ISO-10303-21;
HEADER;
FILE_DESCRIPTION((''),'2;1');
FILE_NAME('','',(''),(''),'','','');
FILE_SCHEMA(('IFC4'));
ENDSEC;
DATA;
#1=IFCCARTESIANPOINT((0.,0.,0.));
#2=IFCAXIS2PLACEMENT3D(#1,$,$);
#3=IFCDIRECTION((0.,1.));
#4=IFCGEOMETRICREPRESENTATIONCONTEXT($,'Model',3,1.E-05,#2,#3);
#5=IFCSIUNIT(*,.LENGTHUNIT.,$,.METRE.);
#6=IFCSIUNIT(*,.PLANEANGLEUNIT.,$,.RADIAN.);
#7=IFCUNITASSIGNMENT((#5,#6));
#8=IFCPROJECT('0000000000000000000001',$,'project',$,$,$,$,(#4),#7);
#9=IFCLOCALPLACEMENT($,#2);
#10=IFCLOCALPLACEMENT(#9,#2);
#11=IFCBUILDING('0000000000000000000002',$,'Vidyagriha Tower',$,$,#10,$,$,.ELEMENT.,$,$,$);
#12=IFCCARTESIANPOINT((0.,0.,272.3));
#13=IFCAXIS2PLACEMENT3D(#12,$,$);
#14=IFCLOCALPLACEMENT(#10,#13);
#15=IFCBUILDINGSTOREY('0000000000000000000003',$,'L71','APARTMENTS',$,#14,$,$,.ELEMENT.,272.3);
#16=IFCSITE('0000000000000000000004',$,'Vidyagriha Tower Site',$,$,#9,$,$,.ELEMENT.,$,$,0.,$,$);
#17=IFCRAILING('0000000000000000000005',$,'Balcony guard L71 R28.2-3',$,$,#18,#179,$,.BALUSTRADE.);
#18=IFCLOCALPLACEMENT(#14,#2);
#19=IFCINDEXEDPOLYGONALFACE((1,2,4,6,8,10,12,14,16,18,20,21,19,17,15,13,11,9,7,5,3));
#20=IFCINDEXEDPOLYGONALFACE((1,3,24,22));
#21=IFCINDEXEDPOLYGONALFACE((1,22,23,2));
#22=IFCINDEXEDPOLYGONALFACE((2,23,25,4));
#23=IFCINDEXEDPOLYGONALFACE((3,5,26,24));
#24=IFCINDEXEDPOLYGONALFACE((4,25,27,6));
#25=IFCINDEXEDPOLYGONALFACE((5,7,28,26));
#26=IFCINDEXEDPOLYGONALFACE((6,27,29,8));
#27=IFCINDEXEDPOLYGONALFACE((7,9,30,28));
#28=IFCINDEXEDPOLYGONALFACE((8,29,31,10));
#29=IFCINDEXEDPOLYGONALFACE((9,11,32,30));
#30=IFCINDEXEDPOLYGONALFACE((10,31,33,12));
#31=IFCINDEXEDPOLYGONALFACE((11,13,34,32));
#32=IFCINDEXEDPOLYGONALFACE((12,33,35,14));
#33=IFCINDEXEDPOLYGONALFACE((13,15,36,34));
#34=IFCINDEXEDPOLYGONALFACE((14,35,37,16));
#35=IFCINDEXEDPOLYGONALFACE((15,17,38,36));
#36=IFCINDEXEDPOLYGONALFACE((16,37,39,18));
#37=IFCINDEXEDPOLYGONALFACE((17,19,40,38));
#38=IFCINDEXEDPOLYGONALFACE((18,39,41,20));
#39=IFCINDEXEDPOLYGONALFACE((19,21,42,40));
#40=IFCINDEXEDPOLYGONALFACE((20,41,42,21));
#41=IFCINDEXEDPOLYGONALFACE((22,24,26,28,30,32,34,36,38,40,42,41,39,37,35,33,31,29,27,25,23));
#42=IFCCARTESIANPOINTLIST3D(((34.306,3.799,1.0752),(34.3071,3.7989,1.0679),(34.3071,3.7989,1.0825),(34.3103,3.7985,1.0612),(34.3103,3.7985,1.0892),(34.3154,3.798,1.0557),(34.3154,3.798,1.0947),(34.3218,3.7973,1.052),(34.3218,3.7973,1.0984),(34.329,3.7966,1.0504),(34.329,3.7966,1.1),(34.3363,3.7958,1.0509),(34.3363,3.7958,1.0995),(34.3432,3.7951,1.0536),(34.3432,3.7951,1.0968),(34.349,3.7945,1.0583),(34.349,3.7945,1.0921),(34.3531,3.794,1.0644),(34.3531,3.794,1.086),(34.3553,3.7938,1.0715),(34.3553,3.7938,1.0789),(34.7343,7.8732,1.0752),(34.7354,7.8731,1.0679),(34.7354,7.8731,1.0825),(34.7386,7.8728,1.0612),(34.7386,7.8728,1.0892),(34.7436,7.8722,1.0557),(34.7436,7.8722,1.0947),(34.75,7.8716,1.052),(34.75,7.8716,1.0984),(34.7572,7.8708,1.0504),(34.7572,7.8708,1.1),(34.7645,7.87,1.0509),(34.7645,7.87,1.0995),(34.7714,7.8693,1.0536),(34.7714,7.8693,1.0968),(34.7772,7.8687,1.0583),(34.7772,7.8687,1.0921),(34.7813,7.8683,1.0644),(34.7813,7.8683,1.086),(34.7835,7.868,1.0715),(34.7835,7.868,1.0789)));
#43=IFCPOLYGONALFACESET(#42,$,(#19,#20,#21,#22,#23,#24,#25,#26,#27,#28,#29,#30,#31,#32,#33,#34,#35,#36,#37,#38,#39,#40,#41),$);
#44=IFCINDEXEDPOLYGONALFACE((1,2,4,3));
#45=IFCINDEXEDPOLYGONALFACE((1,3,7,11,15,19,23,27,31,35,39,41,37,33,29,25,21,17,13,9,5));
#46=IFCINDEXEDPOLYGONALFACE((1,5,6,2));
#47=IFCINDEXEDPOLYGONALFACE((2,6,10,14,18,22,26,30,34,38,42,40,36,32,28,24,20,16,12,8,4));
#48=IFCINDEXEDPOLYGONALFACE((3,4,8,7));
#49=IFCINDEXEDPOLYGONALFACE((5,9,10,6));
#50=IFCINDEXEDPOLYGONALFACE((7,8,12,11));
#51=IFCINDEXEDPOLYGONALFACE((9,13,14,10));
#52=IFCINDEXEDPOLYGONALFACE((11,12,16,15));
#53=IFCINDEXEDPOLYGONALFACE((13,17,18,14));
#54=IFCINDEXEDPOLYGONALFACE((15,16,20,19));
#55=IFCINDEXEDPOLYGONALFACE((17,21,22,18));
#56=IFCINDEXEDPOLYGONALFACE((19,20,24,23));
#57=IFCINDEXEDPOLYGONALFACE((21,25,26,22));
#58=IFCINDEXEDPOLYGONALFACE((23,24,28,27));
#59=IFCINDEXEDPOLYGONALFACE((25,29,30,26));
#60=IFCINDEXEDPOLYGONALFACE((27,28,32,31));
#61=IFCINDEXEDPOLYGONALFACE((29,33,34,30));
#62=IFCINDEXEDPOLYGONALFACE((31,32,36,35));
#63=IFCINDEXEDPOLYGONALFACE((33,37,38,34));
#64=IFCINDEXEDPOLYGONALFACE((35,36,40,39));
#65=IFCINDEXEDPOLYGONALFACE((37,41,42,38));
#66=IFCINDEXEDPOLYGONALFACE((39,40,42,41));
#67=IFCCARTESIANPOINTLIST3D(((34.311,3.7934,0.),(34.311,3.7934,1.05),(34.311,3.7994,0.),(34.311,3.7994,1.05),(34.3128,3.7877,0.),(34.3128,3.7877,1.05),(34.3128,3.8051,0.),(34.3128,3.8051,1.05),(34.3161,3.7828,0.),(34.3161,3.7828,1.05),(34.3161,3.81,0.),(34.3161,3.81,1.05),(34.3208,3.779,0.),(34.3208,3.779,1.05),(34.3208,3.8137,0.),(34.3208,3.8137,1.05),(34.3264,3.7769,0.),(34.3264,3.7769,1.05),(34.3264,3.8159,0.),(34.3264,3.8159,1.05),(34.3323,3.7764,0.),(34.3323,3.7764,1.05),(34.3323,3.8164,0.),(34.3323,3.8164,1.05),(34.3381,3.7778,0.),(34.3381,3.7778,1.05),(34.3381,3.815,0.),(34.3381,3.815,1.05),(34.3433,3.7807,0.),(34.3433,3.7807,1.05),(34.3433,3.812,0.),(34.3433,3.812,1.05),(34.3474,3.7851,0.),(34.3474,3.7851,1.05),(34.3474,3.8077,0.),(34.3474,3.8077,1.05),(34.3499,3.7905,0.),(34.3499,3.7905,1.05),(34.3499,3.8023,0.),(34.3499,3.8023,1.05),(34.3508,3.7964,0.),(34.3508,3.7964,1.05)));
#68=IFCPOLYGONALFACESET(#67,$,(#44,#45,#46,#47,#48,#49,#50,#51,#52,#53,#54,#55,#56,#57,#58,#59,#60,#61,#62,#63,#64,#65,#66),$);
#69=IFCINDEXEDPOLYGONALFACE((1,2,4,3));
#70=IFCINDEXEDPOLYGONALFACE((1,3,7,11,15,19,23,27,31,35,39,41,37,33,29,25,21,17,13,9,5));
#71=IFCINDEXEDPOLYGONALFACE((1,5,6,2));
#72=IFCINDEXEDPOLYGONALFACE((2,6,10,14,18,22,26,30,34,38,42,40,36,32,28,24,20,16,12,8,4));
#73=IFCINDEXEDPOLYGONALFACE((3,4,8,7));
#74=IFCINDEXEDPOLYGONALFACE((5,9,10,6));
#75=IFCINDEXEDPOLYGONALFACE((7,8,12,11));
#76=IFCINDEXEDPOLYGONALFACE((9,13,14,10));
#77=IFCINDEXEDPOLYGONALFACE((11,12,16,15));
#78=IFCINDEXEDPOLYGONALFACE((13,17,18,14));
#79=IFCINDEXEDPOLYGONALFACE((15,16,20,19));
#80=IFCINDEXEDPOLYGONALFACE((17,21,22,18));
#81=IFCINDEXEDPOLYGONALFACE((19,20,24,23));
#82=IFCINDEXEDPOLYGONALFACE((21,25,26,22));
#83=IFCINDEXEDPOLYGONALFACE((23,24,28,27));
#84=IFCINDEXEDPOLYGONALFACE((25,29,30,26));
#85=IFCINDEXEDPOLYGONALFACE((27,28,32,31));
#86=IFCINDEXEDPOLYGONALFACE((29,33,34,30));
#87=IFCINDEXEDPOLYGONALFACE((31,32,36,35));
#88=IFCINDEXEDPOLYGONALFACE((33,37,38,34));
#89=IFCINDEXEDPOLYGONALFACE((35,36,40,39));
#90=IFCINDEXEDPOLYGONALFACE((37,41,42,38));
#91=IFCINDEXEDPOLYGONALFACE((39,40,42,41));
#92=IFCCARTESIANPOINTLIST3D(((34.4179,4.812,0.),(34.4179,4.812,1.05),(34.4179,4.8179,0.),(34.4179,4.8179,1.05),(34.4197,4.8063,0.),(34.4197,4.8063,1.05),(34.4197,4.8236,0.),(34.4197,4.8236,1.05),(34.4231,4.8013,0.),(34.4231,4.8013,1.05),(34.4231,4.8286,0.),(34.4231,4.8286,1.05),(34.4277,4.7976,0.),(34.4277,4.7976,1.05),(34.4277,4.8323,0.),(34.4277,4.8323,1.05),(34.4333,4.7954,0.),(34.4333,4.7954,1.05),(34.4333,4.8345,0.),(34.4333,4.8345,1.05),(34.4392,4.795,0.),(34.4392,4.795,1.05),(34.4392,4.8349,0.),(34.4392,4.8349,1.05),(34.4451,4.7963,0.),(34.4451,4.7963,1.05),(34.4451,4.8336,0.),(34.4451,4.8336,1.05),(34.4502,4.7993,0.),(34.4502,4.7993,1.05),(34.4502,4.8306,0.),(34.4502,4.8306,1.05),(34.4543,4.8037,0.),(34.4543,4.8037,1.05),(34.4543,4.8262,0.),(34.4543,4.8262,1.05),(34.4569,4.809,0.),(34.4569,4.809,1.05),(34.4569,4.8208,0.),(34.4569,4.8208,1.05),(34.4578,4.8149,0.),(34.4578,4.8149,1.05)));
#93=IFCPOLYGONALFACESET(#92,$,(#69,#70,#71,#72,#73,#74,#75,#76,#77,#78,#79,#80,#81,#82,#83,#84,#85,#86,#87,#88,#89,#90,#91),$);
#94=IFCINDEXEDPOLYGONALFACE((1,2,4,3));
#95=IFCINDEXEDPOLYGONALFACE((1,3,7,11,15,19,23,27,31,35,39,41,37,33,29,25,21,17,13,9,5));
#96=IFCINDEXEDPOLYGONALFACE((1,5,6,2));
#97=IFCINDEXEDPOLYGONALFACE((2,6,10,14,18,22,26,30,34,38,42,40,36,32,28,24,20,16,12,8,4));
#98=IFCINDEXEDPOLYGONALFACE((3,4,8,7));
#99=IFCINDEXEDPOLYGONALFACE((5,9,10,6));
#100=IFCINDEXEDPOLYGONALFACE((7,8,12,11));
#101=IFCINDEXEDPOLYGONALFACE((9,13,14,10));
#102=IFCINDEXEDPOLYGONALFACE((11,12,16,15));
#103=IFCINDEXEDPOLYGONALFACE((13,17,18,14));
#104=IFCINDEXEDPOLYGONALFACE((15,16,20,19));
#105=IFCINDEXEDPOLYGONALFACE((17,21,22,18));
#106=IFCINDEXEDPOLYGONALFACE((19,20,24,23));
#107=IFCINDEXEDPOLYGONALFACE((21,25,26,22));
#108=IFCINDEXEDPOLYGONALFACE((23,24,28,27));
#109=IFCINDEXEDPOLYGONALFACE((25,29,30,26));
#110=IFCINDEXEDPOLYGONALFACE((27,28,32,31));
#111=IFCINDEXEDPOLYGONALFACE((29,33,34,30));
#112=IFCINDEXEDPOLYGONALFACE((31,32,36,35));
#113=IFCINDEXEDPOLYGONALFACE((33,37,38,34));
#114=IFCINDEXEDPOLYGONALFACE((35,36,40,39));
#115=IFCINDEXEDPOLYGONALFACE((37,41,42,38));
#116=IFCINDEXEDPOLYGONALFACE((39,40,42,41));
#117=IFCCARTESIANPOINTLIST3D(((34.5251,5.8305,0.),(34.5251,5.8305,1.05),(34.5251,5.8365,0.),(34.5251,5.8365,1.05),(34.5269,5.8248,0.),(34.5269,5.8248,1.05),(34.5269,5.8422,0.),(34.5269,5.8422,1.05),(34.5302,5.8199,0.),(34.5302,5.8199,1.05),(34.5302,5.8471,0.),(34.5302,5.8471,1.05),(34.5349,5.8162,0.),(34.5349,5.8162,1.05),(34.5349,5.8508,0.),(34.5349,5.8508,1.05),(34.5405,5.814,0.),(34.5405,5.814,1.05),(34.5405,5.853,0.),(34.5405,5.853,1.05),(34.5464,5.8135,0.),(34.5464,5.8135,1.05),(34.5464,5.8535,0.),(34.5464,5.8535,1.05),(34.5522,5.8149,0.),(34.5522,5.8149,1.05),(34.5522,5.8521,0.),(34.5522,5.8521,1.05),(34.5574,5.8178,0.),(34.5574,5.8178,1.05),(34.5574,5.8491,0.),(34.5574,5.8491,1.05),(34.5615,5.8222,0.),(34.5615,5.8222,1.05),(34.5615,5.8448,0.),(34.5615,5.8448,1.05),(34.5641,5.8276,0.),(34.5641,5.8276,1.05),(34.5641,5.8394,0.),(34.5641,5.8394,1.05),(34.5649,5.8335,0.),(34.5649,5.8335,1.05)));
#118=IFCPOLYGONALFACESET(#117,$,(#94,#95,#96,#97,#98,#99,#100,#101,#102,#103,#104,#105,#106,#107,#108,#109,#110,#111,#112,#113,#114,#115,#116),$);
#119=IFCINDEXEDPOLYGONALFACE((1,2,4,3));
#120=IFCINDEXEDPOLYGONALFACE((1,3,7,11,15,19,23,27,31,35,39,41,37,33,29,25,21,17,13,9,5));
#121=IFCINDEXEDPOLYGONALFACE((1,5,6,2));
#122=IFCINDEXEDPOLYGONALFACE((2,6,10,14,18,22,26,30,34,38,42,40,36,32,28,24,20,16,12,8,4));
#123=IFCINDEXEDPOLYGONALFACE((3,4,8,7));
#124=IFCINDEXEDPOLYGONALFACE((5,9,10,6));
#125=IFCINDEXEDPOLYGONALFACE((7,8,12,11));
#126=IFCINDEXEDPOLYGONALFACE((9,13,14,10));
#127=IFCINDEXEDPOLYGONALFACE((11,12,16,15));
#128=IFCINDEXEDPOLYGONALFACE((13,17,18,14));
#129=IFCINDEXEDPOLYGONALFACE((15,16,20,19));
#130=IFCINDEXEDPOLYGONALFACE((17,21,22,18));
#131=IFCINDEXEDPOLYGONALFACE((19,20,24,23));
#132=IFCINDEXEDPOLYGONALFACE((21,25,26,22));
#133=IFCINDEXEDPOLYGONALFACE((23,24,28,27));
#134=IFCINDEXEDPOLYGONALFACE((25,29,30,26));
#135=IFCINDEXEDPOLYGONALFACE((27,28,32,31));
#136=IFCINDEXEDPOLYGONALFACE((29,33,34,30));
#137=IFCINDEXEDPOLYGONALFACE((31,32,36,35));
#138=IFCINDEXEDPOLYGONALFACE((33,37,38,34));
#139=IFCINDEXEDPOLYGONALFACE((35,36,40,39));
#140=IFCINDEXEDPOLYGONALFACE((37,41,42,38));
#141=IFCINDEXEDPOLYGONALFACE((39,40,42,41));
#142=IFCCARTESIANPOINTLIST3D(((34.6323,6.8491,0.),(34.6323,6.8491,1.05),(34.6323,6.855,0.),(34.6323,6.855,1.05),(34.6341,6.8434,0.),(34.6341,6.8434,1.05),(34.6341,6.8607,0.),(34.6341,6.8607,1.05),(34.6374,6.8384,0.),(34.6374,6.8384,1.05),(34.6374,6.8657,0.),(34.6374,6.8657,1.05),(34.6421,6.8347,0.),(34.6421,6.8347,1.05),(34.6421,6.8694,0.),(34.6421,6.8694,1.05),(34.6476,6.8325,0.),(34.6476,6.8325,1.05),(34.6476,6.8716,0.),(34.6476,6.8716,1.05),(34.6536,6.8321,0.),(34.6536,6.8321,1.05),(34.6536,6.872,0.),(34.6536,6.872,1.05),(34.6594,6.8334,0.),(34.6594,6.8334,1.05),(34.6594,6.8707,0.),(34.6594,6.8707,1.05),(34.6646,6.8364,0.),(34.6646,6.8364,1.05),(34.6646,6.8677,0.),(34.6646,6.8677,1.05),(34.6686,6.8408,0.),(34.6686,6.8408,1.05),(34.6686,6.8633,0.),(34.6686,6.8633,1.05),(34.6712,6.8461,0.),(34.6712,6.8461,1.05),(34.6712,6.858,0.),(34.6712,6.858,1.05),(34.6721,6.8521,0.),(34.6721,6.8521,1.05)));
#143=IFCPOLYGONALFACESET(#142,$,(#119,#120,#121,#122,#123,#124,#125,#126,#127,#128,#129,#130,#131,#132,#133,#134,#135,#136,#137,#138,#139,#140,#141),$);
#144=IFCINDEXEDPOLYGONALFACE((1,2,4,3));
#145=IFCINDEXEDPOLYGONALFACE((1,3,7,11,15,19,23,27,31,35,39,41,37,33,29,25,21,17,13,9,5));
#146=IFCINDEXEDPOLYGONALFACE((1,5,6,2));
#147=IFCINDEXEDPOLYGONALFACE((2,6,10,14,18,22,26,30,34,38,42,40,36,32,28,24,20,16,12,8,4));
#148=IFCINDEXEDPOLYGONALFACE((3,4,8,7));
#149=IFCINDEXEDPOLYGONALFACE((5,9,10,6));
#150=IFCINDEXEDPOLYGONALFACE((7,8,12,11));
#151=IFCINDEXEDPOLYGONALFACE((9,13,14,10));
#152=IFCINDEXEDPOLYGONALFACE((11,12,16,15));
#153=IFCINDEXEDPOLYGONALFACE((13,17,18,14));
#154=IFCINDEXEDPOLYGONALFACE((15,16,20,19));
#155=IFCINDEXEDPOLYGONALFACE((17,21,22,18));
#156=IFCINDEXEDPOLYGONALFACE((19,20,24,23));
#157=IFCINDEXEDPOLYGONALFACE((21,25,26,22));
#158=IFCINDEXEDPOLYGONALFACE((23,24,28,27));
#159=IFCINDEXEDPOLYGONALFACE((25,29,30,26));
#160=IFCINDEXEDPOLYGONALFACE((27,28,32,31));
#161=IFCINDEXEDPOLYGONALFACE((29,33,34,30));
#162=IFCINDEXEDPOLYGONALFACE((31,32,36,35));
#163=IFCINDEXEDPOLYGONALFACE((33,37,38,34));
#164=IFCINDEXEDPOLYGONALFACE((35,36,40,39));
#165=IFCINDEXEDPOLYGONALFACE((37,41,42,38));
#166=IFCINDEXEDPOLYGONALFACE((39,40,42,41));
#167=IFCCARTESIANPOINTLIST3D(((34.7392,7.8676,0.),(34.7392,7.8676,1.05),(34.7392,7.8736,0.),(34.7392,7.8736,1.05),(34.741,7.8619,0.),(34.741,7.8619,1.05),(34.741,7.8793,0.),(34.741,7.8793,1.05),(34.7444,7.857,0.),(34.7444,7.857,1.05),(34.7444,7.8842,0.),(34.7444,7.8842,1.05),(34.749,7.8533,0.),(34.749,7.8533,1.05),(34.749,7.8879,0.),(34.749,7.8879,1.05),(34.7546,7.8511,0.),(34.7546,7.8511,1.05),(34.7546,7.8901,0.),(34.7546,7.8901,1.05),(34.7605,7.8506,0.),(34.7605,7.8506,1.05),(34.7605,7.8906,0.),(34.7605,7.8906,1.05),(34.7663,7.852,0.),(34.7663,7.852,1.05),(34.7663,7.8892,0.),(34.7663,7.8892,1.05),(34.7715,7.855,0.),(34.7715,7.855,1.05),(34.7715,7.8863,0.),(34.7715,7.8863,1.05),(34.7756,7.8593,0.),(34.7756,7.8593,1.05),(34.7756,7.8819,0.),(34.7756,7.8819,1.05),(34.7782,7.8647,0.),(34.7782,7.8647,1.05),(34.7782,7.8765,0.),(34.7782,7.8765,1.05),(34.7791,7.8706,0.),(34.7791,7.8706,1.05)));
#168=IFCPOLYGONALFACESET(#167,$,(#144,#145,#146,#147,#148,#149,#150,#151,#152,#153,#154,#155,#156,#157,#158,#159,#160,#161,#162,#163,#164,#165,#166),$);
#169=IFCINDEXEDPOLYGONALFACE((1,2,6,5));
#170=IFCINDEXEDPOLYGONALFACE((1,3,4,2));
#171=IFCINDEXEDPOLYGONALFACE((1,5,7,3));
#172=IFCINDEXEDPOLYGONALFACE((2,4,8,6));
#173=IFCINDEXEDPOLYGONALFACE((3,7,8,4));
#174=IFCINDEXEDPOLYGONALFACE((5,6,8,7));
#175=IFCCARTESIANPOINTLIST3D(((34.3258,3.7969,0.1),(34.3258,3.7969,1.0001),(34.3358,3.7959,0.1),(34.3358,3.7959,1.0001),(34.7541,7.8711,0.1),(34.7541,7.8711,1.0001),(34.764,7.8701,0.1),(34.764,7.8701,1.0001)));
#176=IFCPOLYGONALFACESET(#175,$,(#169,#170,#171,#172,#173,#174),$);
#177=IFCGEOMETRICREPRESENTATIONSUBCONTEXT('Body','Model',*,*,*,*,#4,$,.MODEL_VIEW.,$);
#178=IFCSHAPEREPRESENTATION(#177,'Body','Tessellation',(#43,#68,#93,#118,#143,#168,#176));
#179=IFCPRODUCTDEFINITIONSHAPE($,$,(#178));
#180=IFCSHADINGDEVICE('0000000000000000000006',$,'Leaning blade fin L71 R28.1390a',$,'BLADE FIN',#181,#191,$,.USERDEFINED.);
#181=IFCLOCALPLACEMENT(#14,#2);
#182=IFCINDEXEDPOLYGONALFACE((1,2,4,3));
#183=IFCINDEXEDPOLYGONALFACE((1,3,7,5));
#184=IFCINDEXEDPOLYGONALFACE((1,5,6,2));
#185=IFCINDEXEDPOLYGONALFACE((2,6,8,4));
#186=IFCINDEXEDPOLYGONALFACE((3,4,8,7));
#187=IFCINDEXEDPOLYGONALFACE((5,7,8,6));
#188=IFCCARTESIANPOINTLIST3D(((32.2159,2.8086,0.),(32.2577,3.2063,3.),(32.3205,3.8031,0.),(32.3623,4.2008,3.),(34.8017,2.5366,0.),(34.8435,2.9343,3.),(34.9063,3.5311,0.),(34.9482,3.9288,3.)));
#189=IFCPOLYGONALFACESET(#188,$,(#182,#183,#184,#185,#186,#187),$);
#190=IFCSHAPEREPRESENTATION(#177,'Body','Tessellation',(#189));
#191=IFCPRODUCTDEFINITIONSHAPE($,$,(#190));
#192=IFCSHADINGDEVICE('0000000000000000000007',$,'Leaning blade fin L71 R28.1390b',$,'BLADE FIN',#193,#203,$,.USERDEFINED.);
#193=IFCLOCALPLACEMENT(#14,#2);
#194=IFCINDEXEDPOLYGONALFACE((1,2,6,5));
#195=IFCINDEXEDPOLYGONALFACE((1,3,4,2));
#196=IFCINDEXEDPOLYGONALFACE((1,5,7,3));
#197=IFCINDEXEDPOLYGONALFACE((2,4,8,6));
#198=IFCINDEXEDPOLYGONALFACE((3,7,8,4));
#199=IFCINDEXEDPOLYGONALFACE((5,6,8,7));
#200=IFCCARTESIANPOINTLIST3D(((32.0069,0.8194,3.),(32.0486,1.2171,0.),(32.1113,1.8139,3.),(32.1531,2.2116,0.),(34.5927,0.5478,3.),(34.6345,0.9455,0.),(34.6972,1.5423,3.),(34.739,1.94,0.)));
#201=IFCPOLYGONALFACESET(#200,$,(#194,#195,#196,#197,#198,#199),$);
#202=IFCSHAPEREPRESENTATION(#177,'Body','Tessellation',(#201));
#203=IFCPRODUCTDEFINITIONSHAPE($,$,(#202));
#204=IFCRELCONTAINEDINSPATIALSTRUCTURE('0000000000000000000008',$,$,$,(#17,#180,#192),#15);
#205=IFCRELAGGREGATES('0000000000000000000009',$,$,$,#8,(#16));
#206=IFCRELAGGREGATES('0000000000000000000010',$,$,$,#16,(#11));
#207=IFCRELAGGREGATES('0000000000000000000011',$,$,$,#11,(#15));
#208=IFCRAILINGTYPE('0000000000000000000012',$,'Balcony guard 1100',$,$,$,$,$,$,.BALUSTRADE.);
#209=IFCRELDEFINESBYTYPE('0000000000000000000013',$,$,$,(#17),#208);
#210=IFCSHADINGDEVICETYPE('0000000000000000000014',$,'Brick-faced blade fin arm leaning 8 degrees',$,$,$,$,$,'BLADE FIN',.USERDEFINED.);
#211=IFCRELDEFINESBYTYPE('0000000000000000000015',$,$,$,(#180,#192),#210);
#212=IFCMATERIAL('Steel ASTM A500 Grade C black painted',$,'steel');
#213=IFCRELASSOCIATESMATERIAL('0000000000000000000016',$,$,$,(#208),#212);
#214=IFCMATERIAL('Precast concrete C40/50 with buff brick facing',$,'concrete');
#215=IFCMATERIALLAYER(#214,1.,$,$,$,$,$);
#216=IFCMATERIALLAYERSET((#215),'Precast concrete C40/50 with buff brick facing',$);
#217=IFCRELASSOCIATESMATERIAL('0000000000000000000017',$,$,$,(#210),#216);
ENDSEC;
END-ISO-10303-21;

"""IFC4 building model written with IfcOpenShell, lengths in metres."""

from ifc_helpers import new_model, si_unit, direction, frame, origin, origin_2d, place, context, subcontext, project, spatial, polyline, rectangle, circle, outline, extrude, material, layer, layer_set, type_object, element, save


model = new_model("IFC4")

# Units and contexts
model_context = context("Model", 3, precision=1e-05, world=origin(), true_north=direction((0.0, 1.0)))
body_context = subcontext(model_context, "Body", "Model", "MODEL_VIEW")
ifc_project = project(units=[si_unit("LENGTHUNIT", "METRE"), si_unit("PLANEANGLEUNIT", "RADIAN")], contexts=[model_context])

# Site, building, storey
site_placement = place(None, origin())
site = spatial("IfcSite", under=ifc_project, at=site_placement, Name="Vidyagriha Tower Site", CompositionType="ELEMENT", RefElevation=0.0)
building_placement = place(site_placement, origin())
building = spatial("IfcBuilding", under=site, at=building_placement, Name="Vidyagriha Tower", CompositionType="ELEMENT")
storey_placement = place(building_placement, frame((0.0, 0.0, 272.3)))
storey = spatial("IfcBuildingStorey", under=building, at=storey_placement, Name="L71", Description="APARTMENTS", CompositionType="ELEMENT", Elevation=272.3)

# Railing
ifc_material_1 = material(Name="Steel ASTM A500 Grade C black painted", Category="steel")
railing_type_1 = type_object("IfcRailingType", Name="Balcony guard 1100", PredefinedType="BALUSTRADE", material=ifc_material_1)
railing_1_placement = place(storey_placement, frame((34.3308, 3.7964, 0.0)))
element("IfcRailing", 1, at=railing_1_placement, inside=storey, type_object=railing_type_1, Name="Balcony guard L71 R28.2-3", PredefinedType="BALUSTRADE", context=body_context, shape_type="SweptSolid", body=[
    extrude(circle(Radius=0.0249, at=origin_2d()), frame((0.0, 0.0, 1.0752), z_axis=(0.10453, 0.994522, 0.0), x_axis=(-0.994522, 0.10453, 0.0)), (0.0, 0.0, 1.0), 4.0967),
    extrude(circle(Radius=0.02, at=origin_2d()), origin(), (0.0, 0.0, 1.0), 1.05),
    extrude(circle(Radius=0.02, at=origin_2d()), frame((0.1069, 1.0186, 0.0)), (0.0, 0.0, 1.0), 1.05),
    extrude(circle(Radius=0.02, at=origin_2d()), frame((0.2141, 2.0371, 0.0)), (0.0, 0.0, 1.0), 1.05),
    extrude(circle(Radius=0.02, at=origin_2d()), frame((0.3213, 3.0557, 0.0)), (0.0, 0.0, 1.0), 1.05),
    extrude(circle(Radius=0.02, at=origin_2d()), frame((0.4282, 4.0742, 0.0)), (0.0, 0.0, 1.0), 1.05),
    extrude(rectangle(XDim=0.01, YDim=0.9001, at=origin_2d()), frame((0.0, 0.0, 0.55), z_axis=(0.10453, 0.994522, 0.0), x_axis=(-0.994522, 0.10453, 0.0)), (0.0, 0.0, 1.0), 4.0967),
])

# Shading devices
ifc_material_2 = material(Name="Precast concrete C40/50 with buff brick facing", Category="concrete")
ifc_layer_1 = layer(ifc_material_2, 1.0)
ifc_layer_set_1 = layer_set([ifc_layer_1], Name="Precast concrete C40/50 with buff brick facing")
shading_device_type_1 = type_object("IfcShadingDeviceType", Name="Brick-faced blade fin arm leaning 8 degrees", ElementType="BLADE FIN", PredefinedType="USERDEFINED", material=ifc_layer_set_1)
shading_device_1_placement = place(storey_placement, frame((33.5088, 2.6726, 0.0), z_axis=(0.0, 0.0, 1.0), x_axis=(0.104612, 0.994513, 0.0)))
element("IfcShadingDevice", 2, at=shading_device_1_placement, inside=storey, type_object=shading_device_type_1, Name="Leaning blade fin L71 R28.1390a", ObjectType="BLADE FIN", PredefinedType="USERDEFINED", context=body_context, shape_type="SweptSolid", body=[
    extrude(outline(polyline([(0.0, 0.0), (1.0, 0.0), (1.3999, 3.0), (0.3999, 3.0), (0.0, 0.0)])), frame((0.0, 1.3, 0.0), z_axis=(0.0, -1.0, 0.0), x_axis=(1.0, 0.0, 0.0)), (0.0, 0.0, 1.0), 2.6001),
])
shading_device_2_placement = place(storey_placement, frame((33.2998, 0.6836, 0.0), z_axis=(0.0, 0.0, 1.0), x_axis=(0.104458, 0.994529, 0.0)))
element("IfcShadingDevice", 3, at=shading_device_2_placement, inside=storey, type_object=shading_device_type_1, Name="Leaning blade fin L71 R28.1390b", ObjectType="BLADE FIN", PredefinedType="USERDEFINED", context=body_context, shape_type="SweptSolid", body=[
    extrude(outline(polyline([(0.3999, 0.0), (1.3999, 0.0), (1.0, 3.0), (0.0, 3.0), (0.3999, 0.0)])), frame((0.0, 1.3, 0.0), z_axis=(0.0, -1.0, 0.0), x_axis=(1.0, 0.0, 0.0)), (0.0, 0.0, 1.0), 2.6001),
])

save(model, "model.ifc")
